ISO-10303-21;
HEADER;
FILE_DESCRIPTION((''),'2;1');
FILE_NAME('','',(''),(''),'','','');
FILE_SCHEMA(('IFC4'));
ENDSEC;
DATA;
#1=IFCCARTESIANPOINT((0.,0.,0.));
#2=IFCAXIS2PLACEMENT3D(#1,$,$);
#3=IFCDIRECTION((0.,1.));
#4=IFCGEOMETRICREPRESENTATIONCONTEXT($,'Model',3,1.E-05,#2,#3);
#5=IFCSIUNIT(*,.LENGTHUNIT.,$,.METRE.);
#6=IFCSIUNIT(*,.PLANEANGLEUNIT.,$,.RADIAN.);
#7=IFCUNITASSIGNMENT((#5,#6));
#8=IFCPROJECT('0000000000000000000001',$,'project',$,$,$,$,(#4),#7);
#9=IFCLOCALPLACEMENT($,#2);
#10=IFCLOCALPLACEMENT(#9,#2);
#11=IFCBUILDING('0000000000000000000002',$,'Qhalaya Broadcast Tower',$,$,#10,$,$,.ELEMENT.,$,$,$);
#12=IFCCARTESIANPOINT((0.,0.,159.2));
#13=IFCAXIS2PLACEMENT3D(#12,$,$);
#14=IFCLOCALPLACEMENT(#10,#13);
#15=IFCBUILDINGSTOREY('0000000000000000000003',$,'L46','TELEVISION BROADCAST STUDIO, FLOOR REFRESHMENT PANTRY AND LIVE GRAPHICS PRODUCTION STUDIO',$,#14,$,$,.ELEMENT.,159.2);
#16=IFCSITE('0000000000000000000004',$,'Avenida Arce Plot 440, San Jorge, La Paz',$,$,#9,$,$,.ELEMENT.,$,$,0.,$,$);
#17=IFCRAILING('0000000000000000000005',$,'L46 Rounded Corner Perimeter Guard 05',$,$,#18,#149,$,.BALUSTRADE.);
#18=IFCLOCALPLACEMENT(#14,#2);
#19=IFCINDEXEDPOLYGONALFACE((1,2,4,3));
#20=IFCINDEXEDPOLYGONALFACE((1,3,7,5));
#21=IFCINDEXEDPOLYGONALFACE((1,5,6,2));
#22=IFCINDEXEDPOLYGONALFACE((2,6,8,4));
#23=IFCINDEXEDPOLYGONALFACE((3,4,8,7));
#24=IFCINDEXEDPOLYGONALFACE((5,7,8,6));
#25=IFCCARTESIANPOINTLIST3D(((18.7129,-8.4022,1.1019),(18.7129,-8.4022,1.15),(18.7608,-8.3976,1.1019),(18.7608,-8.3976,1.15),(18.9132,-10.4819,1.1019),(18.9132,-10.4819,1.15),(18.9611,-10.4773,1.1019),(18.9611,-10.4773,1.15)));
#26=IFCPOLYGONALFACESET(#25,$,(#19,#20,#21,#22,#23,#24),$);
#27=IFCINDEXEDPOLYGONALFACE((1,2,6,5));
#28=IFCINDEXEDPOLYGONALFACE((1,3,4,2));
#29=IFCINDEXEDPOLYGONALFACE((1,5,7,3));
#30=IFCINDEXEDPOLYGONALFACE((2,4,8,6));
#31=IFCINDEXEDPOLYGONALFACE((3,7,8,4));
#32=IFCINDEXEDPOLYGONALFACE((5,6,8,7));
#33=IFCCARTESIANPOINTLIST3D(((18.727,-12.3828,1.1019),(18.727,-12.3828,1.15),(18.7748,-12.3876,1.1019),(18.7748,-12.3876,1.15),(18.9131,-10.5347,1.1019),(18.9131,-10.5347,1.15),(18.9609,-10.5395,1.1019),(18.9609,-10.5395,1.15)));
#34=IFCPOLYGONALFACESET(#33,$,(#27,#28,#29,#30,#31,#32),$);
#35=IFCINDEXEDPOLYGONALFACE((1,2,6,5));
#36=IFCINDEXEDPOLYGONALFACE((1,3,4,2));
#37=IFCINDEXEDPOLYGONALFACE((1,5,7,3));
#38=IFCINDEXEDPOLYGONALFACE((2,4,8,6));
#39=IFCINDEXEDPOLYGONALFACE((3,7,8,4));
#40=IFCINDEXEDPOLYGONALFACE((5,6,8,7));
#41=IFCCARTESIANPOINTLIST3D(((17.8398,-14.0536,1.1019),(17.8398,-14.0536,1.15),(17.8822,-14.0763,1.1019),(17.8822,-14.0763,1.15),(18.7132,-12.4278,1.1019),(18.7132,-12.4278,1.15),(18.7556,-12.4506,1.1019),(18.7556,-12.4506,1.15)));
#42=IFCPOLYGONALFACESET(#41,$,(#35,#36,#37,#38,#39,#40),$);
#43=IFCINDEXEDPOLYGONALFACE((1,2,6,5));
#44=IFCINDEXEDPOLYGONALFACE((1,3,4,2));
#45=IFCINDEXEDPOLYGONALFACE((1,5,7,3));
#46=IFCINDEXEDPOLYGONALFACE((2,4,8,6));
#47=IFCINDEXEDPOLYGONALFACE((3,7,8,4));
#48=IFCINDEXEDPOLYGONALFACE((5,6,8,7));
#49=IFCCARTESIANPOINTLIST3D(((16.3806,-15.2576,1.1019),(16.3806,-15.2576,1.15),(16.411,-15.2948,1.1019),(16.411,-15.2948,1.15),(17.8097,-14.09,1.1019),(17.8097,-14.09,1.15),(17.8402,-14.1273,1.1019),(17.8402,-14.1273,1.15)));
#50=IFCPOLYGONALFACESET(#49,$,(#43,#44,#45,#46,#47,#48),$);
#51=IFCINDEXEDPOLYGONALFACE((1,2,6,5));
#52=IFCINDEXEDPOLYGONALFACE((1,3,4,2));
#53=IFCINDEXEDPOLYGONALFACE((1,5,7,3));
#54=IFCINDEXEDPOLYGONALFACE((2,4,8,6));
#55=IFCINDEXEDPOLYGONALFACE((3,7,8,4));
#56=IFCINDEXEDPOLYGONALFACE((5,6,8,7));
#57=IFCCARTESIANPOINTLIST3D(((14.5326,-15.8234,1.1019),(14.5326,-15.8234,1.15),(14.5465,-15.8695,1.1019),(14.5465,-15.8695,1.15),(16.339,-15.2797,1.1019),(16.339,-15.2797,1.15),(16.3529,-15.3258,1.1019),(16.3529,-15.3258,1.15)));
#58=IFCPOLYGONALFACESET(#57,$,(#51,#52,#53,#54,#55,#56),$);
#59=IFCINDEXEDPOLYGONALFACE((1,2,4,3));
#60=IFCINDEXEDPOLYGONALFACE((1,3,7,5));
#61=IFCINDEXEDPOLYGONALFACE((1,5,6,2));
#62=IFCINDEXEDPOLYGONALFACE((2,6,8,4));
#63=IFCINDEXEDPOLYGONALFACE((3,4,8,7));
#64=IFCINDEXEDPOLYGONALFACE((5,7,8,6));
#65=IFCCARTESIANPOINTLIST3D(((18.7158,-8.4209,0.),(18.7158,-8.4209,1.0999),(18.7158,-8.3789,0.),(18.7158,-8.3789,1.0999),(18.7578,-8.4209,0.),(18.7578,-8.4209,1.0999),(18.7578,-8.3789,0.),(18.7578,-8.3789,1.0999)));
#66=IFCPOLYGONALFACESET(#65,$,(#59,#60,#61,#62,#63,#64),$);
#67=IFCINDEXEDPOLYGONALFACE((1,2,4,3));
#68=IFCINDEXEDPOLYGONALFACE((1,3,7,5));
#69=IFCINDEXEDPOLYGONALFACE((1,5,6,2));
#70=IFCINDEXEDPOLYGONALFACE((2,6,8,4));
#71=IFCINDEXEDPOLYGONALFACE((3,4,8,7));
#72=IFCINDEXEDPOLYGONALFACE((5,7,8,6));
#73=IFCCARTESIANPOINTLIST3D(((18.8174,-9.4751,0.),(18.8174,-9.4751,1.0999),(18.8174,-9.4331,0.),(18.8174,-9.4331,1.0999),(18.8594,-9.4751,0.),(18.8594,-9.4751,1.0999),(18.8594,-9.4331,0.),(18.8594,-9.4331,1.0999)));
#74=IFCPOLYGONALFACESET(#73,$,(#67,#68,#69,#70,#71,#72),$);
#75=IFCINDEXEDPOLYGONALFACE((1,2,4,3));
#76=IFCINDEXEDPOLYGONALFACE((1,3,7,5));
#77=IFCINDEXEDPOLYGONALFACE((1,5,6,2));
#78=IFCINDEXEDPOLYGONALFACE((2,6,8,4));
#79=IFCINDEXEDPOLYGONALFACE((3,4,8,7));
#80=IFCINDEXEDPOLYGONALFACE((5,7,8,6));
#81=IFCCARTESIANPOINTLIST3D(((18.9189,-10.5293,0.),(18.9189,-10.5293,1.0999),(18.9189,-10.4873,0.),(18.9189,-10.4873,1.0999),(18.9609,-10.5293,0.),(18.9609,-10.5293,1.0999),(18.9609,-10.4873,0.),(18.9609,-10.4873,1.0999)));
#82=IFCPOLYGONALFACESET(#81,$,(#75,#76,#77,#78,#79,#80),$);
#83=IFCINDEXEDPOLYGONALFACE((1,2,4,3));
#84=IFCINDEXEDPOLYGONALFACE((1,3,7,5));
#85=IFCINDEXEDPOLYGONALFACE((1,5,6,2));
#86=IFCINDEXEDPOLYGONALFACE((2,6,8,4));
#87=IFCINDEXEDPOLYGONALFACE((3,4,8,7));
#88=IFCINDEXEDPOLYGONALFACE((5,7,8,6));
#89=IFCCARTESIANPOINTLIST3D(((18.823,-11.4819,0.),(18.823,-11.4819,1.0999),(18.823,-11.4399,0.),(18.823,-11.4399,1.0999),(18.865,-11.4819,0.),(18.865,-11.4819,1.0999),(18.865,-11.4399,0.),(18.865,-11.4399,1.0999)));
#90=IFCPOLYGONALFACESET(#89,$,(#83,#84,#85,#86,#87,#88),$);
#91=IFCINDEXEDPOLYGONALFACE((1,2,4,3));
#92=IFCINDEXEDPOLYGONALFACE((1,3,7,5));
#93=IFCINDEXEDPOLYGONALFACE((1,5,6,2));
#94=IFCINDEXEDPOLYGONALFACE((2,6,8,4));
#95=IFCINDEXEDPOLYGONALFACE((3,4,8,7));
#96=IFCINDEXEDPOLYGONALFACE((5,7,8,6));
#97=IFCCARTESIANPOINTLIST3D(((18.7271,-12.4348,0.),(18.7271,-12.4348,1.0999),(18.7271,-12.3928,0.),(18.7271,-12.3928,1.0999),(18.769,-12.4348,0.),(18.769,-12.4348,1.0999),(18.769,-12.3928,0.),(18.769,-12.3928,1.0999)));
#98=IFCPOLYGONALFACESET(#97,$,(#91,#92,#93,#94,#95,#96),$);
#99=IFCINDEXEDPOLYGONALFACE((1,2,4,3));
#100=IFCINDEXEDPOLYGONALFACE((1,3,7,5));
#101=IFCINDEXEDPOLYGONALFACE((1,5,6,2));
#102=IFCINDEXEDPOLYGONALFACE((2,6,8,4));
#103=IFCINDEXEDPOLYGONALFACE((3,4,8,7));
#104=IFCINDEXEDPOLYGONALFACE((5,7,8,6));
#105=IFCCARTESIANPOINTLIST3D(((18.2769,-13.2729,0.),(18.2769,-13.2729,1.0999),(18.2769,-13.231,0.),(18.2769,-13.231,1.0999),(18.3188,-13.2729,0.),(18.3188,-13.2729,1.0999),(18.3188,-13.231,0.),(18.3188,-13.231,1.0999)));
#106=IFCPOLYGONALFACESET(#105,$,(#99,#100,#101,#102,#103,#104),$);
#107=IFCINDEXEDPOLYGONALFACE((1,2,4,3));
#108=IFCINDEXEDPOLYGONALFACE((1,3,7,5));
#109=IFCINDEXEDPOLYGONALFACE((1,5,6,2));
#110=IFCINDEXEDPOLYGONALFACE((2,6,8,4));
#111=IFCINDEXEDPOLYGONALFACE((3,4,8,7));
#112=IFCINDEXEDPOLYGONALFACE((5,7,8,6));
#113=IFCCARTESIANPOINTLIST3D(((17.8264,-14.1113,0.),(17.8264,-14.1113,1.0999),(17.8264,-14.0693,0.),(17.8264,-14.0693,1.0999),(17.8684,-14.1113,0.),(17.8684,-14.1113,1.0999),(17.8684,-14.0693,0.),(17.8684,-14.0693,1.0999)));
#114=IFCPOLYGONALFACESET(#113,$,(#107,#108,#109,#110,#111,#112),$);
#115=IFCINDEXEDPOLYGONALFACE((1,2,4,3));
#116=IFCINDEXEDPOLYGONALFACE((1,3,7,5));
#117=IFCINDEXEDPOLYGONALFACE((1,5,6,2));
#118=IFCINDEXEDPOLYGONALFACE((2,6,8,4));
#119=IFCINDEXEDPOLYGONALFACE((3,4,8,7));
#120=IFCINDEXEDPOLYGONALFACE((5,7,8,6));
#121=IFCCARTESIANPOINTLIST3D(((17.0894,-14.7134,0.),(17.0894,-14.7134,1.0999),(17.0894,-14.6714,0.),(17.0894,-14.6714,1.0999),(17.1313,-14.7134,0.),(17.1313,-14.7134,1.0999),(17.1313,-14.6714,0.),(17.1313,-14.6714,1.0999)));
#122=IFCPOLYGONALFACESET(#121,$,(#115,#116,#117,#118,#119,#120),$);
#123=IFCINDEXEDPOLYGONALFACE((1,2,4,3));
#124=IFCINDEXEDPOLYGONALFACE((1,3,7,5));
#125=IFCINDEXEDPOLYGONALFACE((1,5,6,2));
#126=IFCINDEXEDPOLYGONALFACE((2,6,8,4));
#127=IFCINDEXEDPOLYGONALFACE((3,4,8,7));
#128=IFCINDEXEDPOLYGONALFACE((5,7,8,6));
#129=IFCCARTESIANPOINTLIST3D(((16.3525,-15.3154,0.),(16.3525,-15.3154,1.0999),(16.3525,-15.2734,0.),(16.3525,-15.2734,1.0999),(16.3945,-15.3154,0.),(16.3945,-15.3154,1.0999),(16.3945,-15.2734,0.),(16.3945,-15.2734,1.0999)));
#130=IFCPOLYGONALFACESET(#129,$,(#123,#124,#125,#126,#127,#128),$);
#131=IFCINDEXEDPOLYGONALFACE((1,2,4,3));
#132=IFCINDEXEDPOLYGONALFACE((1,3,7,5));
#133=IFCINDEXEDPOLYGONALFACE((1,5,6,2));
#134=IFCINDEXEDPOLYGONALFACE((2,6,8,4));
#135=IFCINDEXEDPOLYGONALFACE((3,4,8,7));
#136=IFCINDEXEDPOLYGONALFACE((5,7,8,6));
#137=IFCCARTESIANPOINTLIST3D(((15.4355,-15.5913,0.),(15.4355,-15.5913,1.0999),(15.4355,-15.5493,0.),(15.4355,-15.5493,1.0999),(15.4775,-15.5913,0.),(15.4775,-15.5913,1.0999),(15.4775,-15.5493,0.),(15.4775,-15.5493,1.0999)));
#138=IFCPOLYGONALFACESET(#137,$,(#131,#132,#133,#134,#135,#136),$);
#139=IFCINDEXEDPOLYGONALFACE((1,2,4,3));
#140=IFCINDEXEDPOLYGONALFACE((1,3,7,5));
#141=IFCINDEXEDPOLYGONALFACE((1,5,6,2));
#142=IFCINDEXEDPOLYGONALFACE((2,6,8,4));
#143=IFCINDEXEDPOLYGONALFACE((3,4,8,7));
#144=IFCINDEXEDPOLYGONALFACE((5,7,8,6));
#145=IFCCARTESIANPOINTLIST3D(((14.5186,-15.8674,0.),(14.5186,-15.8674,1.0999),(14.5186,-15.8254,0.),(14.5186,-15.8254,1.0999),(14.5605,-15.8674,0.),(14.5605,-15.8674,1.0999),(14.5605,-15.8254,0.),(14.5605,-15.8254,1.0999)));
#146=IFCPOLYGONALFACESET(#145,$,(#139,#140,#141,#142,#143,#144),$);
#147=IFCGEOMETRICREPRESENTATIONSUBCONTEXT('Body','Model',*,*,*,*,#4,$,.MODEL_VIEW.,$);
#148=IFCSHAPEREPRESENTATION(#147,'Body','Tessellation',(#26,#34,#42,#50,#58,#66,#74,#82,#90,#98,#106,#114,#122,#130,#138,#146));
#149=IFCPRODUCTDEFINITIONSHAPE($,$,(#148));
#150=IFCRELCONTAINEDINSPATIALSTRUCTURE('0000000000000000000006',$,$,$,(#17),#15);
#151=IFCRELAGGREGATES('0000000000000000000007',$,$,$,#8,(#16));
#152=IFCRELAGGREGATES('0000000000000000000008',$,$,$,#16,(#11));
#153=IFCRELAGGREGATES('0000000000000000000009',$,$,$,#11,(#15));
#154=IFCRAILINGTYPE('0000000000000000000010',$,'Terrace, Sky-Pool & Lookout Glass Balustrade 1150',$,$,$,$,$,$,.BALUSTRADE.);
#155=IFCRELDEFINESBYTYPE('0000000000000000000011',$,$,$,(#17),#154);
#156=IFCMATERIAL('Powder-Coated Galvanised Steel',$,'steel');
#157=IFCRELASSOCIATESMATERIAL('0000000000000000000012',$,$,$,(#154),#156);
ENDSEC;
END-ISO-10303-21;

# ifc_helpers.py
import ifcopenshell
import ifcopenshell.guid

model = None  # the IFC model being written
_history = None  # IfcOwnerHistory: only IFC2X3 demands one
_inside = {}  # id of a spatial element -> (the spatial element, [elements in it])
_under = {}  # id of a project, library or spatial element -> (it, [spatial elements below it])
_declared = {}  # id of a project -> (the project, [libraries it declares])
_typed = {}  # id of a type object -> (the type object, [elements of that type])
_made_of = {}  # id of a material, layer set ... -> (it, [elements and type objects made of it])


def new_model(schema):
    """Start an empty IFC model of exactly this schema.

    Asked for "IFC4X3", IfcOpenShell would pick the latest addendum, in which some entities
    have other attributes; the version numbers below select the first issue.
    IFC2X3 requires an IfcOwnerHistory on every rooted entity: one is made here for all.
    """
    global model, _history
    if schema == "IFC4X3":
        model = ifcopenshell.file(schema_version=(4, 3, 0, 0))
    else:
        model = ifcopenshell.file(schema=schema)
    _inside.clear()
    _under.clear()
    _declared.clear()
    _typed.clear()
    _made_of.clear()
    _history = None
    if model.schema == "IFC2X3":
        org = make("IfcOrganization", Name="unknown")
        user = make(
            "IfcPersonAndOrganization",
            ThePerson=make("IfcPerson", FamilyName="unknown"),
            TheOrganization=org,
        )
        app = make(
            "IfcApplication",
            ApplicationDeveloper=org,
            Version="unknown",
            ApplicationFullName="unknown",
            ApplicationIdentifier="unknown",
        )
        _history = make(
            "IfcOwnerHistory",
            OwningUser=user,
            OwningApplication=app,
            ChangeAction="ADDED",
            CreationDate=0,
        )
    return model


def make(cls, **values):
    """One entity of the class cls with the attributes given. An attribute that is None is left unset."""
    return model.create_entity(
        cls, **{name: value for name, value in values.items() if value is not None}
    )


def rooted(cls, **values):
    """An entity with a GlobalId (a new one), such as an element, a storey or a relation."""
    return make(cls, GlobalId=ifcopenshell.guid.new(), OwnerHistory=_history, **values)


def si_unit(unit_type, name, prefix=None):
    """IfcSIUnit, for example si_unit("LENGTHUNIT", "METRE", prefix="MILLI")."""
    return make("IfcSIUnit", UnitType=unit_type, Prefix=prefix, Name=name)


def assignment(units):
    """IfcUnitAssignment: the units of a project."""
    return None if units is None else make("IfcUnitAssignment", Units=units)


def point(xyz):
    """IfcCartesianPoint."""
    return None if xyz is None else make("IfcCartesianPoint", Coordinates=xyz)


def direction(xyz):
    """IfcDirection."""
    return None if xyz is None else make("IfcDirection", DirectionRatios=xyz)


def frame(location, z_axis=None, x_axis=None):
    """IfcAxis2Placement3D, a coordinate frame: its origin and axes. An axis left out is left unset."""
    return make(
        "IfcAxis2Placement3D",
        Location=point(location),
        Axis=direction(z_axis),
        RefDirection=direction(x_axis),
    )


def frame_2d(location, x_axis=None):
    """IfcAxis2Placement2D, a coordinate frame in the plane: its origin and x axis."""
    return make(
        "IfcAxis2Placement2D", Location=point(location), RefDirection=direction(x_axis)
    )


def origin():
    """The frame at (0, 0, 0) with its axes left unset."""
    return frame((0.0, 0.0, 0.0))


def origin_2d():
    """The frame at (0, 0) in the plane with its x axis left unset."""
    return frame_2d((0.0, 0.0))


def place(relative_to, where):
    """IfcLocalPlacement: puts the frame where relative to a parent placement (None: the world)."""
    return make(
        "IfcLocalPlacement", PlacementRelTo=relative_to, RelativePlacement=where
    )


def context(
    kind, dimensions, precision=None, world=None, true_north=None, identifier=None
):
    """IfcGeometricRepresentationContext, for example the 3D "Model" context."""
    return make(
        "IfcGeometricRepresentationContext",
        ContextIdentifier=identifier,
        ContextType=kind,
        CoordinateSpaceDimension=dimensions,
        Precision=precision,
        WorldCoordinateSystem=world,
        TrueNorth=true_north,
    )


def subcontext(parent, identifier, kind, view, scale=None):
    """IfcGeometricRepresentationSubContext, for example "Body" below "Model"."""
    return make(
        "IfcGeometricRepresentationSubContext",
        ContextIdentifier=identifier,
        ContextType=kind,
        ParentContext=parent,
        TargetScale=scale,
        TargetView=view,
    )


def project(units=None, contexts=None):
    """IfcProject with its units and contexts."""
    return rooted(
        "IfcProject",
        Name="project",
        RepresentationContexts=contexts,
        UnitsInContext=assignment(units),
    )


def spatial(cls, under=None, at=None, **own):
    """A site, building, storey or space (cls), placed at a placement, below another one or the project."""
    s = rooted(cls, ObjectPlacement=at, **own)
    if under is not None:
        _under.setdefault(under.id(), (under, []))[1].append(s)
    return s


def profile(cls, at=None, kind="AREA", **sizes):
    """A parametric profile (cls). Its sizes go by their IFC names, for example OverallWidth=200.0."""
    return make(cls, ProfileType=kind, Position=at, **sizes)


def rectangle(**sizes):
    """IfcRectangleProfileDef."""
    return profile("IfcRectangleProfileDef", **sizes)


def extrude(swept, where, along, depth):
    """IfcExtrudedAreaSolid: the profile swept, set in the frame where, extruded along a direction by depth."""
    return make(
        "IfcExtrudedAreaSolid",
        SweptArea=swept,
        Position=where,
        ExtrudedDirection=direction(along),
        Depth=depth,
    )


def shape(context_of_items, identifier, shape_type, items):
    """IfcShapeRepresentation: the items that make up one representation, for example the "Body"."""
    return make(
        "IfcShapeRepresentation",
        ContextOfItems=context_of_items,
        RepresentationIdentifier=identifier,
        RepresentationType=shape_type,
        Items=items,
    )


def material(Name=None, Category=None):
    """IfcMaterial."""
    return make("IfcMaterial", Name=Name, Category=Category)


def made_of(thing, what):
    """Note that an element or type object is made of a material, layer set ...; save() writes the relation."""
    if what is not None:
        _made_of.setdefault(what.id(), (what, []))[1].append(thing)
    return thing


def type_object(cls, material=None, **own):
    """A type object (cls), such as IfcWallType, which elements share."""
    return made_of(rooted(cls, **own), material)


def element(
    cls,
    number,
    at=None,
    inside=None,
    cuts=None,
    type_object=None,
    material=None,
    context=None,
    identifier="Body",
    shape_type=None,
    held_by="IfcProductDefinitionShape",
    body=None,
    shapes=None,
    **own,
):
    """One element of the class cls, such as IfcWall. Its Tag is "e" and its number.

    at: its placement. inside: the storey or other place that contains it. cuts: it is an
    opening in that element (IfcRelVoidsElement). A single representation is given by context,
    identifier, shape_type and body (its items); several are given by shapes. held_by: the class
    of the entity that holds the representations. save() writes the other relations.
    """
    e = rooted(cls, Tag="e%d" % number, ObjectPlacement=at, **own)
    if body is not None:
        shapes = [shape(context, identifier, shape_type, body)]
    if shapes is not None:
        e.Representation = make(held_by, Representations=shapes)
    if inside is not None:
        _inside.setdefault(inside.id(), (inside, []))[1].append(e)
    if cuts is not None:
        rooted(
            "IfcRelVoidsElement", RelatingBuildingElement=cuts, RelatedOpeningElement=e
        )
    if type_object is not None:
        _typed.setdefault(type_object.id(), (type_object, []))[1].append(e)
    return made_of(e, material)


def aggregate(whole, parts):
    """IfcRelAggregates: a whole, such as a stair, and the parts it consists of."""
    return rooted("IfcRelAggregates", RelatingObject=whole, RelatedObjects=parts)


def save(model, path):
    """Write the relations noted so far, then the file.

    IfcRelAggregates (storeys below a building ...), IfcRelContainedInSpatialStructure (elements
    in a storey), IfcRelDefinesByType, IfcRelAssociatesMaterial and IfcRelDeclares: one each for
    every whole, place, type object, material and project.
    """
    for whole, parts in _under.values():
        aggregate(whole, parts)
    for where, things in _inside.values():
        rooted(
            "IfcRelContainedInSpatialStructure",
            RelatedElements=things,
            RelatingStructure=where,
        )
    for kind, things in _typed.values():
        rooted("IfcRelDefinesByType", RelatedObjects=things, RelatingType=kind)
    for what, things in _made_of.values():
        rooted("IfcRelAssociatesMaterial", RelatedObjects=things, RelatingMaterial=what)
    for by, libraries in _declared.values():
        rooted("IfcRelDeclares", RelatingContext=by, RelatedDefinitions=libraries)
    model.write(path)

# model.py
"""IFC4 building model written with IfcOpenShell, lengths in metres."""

from ifc_helpers import new_model, si_unit, direction, frame, origin, origin_2d, place, context, subcontext, project, spatial, rectangle, extrude, material, type_object, element, save


model = new_model("IFC4")

# Units and contexts
model_context = context("Model", 3, precision=1e-05, world=origin(), true_north=direction((0.0, 1.0)))
body_context = subcontext(model_context, "Body", "Model", "MODEL_VIEW")
ifc_project = project(units=[si_unit("LENGTHUNIT", "METRE"), si_unit("PLANEANGLEUNIT", "RADIAN")], contexts=[model_context])

# Site, building, storey
site_placement = place(None, origin())
site = spatial("IfcSite", under=ifc_project, at=site_placement, Name="Avenida Arce Plot 440, San Jorge, La Paz", CompositionType="ELEMENT", RefElevation=0.0)
building_placement = place(site_placement, origin())
building = spatial("IfcBuilding", under=site, at=building_placement, Name="Qhalaya Broadcast Tower", CompositionType="ELEMENT")
storey_placement = place(building_placement, frame((0.0, 0.0, 159.2)))
storey = spatial("IfcBuildingStorey", under=building, at=storey_placement, Name="L46", Description="TELEVISION BROADCAST STUDIO, FLOOR REFRESHMENT PANTRY AND LIVE GRAPHICS PRODUCTION STUDIO", CompositionType="ELEMENT", Elevation=159.2)

# Railing
ifc_material_1 = material(Name="Powder-Coated Galvanised Steel", Category="steel")
railing_type = type_object("IfcRailingType", Name="Terrace, Sky-Pool & Lookout Glass Balustrade 1150", PredefinedType="BALUSTRADE", material=ifc_material_1)
railing_1_placement = place(storey_placement, frame((18.7368, -8.3999, 0.0)))
element("IfcRailing", 1, at=railing_1_placement, inside=storey, type_object=railing_type, Name="L46 Rounded Corner Perimeter Guard 05", PredefinedType="BALUSTRADE", context=body_context, shape_type="SweptSolid", body=[
    extrude(rectangle(XDim=0.0481, YDim=0.0481, at=origin_2d()), frame((0.0, 0.0, 1.126), z_axis=(0.095897, -0.995391, 0.0), x_axis=(0.995391, 0.095897, 0.0)), (0.0, 0.0, 1.0), 2.0894),
    extrude(rectangle(XDim=0.0481, YDim=0.0481, at=origin_2d()), frame((0.2002, -2.1372, 1.126), z_axis=(-0.100198, -0.994968, 0.0), x_axis=(0.994968, -0.100198, 0.0)), (0.0, 0.0, 1.0), 1.8574),
    extrude(rectangle(XDim=0.0481, YDim=0.0481, at=origin_2d()), frame((-0.0024, -4.0393, 1.126), z_axis=(-0.473243, -0.880932, 0.0), x_axis=(0.880932, -0.473243, 0.0)), (0.0, 0.0, 1.0), 1.8455),
    extrude(rectangle(XDim=0.0481, YDim=0.0481, at=origin_2d()), frame((-0.9119, -5.7087, 1.126), z_axis=(-0.77442, -0.632672, 0.0), x_axis=(0.632672, -0.77442, 0.0)), (0.0, 0.0, 1.0), 1.8455),
    extrude(rectangle(XDim=0.0481, YDim=0.0481, at=origin_2d()), frame((-2.3909, -6.9028, 1.126), z_axis=(-0.957566, -0.288213, 0.0), x_axis=(0.288213, -0.957566, 0.0)), (0.0, 0.0, 1.0), 1.8865),
    extrude(rectangle(XDim=0.042, YDim=0.042, at=origin_2d()), origin(), (0.0, 0.0, 1.0), 1.0999),
    extrude(rectangle(XDim=0.042, YDim=0.042, at=origin_2d()), frame((0.1016, -1.0542, 0.0)), (0.0, 0.0, 1.0), 1.0999),
    extrude(rectangle(XDim=0.042, YDim=0.042, at=origin_2d()), frame((0.2031, -2.1084, 0.0)), (0.0, 0.0, 1.0), 1.0999),
    extrude(rectangle(XDim=0.042, YDim=0.042, at=origin_2d()), frame((0.1072, -3.061, 0.0)), (0.0, 0.0, 1.0), 1.0999),
    extrude(rectangle(XDim=0.042, YDim=0.042, at=origin_2d()), frame((0.0112, -4.0139, 0.0)), (0.0, 0.0, 1.0), 1.0999),
    extrude(rectangle(XDim=0.042, YDim=0.042, at=origin_2d()), frame((-0.439, -4.8521, 0.0)), (0.0, 0.0, 1.0), 1.0999),
    extrude(rectangle(XDim=0.042, YDim=0.042, at=origin_2d()), frame((-0.8894, -5.6904, 0.0)), (0.0, 0.0, 1.0), 1.0999),
    extrude(rectangle(XDim=0.042, YDim=0.042, at=origin_2d()), frame((-1.6265, -6.2925, 0.0)), (0.0, 0.0, 1.0), 1.0999),
    extrude(rectangle(XDim=0.042, YDim=0.042, at=origin_2d()), frame((-2.3633, -6.8945, 0.0)), (0.0, 0.0, 1.0), 1.0999),
    extrude(rectangle(XDim=0.042, YDim=0.042, at=origin_2d()), frame((-3.2803, -7.1704, 0.0)), (0.0, 0.0, 1.0), 1.0999),
    extrude(rectangle(XDim=0.042, YDim=0.042, at=origin_2d()), frame((-4.1973, -7.4465, 0.0)), (0.0, 0.0, 1.0), 1.0999),
])

save(model, "model.ifc")
